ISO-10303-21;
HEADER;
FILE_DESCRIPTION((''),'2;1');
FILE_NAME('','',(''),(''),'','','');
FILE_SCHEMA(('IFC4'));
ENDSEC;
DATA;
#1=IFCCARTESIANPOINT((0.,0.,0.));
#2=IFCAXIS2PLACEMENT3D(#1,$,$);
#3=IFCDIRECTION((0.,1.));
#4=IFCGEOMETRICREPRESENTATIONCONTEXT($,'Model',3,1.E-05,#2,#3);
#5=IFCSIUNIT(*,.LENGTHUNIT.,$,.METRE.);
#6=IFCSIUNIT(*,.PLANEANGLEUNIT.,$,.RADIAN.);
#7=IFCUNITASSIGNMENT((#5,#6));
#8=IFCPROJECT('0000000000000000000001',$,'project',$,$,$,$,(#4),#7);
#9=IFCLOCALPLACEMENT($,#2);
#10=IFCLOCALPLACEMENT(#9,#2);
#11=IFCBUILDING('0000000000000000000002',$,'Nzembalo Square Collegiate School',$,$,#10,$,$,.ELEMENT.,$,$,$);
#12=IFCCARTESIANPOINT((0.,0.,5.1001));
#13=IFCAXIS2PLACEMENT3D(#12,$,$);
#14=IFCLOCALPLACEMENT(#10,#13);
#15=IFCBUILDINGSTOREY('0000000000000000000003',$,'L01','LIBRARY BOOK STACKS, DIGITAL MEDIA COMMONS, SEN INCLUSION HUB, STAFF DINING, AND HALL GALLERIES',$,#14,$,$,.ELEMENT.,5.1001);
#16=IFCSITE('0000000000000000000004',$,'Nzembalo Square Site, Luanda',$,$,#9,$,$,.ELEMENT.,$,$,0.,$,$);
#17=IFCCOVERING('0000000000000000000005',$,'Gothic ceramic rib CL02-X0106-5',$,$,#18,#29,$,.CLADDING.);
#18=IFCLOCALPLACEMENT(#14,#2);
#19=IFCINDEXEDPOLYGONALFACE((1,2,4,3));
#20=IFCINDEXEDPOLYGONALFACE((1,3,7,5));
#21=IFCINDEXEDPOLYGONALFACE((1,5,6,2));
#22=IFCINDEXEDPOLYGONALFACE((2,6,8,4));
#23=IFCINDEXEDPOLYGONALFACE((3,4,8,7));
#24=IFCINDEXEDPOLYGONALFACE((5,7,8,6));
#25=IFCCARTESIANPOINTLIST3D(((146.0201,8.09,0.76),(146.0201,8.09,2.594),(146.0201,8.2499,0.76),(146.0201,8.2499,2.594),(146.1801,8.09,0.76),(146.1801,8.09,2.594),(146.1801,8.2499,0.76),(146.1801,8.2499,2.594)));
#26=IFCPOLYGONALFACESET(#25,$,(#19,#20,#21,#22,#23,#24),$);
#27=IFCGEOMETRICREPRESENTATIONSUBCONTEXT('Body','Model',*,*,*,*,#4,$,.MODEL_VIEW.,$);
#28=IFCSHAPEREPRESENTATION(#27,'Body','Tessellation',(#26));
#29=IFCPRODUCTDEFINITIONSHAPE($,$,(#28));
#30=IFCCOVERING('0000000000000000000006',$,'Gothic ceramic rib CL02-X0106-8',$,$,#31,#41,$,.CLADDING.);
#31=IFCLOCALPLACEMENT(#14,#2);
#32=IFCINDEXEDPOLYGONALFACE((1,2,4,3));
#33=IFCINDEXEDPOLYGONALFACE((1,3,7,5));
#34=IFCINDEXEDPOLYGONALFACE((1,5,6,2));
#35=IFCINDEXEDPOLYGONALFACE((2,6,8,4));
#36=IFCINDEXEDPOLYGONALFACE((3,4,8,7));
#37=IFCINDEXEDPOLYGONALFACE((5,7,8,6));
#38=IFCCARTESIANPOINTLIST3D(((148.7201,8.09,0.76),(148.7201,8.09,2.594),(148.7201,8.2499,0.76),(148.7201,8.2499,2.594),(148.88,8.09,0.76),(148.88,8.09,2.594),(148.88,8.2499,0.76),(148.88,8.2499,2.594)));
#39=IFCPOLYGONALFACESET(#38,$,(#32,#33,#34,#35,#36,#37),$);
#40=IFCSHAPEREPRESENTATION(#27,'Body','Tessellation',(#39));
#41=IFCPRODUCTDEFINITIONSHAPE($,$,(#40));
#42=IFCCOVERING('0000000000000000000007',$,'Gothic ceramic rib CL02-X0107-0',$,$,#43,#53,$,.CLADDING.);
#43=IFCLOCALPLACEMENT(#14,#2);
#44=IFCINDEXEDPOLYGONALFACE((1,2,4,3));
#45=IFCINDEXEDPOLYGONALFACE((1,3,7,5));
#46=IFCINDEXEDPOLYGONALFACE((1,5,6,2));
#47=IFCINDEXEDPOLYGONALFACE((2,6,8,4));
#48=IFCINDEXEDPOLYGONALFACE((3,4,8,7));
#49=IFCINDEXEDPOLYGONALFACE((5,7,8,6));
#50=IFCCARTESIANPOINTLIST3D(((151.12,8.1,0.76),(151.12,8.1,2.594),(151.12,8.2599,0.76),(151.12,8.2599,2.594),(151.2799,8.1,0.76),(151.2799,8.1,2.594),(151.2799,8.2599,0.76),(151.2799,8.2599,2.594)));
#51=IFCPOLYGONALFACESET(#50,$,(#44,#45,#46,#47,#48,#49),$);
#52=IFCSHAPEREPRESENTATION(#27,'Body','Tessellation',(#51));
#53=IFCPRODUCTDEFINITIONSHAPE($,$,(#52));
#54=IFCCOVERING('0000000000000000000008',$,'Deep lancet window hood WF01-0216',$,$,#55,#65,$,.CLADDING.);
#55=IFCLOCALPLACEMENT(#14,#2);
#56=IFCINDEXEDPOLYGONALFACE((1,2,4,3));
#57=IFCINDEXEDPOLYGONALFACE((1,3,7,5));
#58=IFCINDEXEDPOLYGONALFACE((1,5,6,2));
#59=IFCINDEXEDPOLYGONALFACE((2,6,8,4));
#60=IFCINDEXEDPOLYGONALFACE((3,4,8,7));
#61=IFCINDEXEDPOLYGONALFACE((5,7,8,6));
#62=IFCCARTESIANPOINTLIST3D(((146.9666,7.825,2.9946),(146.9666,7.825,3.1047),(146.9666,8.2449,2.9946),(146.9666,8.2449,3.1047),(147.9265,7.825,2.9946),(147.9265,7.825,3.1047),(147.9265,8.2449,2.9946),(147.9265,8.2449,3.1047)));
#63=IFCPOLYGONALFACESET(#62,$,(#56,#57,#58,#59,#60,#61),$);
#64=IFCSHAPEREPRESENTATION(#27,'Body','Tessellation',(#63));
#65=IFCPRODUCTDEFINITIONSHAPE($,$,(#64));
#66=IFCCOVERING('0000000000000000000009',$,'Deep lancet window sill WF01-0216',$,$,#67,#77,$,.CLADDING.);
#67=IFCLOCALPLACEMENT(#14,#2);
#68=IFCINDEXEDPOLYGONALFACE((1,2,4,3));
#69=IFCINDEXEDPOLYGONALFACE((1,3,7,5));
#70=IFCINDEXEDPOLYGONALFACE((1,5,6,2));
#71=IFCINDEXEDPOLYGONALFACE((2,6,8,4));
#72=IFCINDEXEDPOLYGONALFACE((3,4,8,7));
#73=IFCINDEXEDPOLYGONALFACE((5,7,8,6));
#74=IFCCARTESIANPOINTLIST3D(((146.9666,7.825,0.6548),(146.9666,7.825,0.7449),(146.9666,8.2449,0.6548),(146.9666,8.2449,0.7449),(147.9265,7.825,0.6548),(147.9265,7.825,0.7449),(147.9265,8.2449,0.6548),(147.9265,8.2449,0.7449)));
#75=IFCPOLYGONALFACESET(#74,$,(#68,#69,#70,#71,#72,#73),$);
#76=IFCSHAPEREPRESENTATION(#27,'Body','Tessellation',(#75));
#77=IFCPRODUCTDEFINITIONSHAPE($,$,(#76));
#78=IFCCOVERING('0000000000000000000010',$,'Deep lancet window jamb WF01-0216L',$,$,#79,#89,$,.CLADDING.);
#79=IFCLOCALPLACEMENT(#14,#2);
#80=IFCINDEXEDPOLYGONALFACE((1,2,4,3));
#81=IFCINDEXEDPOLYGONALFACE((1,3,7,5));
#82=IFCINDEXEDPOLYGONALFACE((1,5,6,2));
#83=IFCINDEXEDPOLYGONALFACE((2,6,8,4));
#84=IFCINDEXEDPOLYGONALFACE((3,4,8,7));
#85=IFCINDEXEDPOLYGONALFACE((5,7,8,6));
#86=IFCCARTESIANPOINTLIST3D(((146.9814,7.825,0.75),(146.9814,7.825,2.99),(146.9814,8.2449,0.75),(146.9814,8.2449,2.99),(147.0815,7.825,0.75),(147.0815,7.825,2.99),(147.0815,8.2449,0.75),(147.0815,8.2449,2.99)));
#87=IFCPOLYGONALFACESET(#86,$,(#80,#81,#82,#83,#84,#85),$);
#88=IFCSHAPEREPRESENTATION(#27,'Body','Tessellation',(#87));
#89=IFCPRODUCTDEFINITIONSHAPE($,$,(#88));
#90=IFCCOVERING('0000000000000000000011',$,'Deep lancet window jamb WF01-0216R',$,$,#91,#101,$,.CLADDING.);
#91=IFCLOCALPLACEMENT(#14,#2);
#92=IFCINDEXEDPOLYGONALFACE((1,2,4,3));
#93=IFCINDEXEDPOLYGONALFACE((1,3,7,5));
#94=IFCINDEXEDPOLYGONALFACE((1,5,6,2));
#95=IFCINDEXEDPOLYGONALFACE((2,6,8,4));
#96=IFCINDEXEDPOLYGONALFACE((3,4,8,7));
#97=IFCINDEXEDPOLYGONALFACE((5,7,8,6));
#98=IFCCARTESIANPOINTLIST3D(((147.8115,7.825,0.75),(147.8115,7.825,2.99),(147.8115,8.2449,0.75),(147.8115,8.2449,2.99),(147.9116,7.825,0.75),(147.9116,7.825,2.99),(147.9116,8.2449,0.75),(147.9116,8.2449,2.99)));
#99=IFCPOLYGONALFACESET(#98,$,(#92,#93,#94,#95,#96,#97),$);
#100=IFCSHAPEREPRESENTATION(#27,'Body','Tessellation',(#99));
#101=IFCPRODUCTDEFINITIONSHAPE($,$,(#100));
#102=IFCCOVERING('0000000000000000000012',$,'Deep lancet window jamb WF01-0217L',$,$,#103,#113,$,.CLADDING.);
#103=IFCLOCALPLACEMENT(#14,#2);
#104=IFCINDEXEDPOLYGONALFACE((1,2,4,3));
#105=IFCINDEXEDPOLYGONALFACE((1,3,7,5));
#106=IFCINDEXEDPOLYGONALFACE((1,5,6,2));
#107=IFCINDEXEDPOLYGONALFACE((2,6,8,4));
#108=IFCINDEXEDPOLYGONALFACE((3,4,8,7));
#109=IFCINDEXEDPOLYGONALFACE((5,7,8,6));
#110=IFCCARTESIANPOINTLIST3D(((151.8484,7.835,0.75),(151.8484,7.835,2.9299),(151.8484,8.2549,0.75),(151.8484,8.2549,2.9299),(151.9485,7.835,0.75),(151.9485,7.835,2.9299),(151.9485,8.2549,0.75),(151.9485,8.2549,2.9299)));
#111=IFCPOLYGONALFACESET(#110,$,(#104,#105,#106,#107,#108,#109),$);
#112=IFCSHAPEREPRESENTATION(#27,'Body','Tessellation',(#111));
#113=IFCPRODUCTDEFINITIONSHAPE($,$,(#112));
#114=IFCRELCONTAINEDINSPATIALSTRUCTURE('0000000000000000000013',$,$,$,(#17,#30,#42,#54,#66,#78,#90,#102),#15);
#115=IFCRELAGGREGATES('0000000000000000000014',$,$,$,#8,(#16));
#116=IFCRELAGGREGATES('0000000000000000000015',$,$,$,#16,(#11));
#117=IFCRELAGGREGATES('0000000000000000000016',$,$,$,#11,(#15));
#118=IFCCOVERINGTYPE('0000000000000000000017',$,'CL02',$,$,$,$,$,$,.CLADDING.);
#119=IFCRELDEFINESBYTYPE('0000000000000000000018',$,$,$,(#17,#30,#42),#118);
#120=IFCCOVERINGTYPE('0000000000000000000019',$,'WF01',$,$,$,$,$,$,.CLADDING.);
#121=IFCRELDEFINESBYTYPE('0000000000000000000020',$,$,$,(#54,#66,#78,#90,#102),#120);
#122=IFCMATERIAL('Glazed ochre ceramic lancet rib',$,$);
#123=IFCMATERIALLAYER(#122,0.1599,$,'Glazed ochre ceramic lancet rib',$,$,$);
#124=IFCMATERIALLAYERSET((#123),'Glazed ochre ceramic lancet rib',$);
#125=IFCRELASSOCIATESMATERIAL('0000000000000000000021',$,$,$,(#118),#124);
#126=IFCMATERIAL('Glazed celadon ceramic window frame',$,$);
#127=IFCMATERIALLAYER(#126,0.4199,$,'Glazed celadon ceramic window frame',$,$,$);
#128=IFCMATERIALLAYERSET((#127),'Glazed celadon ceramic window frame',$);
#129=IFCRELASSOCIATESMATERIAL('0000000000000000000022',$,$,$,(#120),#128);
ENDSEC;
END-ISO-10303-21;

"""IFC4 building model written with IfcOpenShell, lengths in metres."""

from ifc_helpers import new_model, si_unit, direction, frame, origin, origin_2d, place, context, subcontext, project, spatial, rectangle, extrude, material, layer, layer_set, type_object, element, save


model = new_model("IFC4")

# Units and contexts
model_context = context("Model", 3, precision=1e-05, world=origin(), true_north=direction((0.0, 1.0)))
body_context = subcontext(model_context, "Body", "Model", "MODEL_VIEW")
ifc_project = project(units=[si_unit("LENGTHUNIT", "METRE"), si_unit("PLANEANGLEUNIT", "RADIAN")], contexts=[model_context])

# Site, building, storey
site_placement = place(None, origin())
site = spatial("IfcSite", under=ifc_project, at=site_placement, Name="Nzembalo Square Site, Luanda", CompositionType="ELEMENT", RefElevation=0.0)
building_placement = place(site_placement, origin())
building = spatial("IfcBuilding", under=site, at=building_placement, Name="Nzembalo Square Collegiate School", CompositionType="ELEMENT")
storey_placement = place(building_placement, frame((0.0, 0.0, 5.1001)))
storey = spatial("IfcBuildingStorey", under=building, at=storey_placement, Name="L01", Description="LIBRARY BOOK STACKS, DIGITAL MEDIA COMMONS, SEN INCLUSION HUB, STAFF DINING, AND HALL GALLERIES", CompositionType="ELEMENT", Elevation=5.1001)

# Coverings
ifc_material_1 = material(Name="Glazed ochre ceramic lancet rib")
ifc_layer_1 = layer(ifc_material_1, 0.1599, Name="Glazed ochre ceramic lancet rib")
ifc_layer_set_1 = layer_set([ifc_layer_1], Name="Glazed ochre ceramic lancet rib")
covering_type_1 = type_object("IfcCoveringType", Name="CL02", PredefinedType="CLADDING", material=ifc_layer_set_1)
for number, where, z_axis, x_axis, name in (
    (1, (146.1001, 8.1699, 0.76), (0.0, 0.0, 1.0), (1.0, 0.0, 0.0), "Gothic ceramic rib CL02-X0106-5"),
    (2, (148.8, 8.1699, 0.76), (0.0, 0.0, 1.0), (1.0, 0.0, 0.0), "Gothic ceramic rib CL02-X0106-8"),
    (3, (151.2, 8.1799, 0.76), (0.0, 0.0, 1.0), (1.0, 0.0, 0.0), "Gothic ceramic rib CL02-X0107-0"),
):
    element("IfcCovering", number, at=place(storey_placement, frame(where, z_axis=z_axis, x_axis=x_axis)), inside=storey, type_object=covering_type_1, Name=name, PredefinedType="CLADDING", context=body_context, shape_type="SweptSolid", body=[
        extrude(rectangle(XDim=0.1599, YDim=0.1599, at=origin_2d()), origin(), (0.0, 0.0, 1.0), 1.834),
    ])
ifc_material_2 = material(Name="Glazed celadon ceramic window frame")
ifc_layer_2 = layer(ifc_material_2, 0.4199, Name="Glazed celadon ceramic window frame")
ifc_layer_set_2 = layer_set([ifc_layer_2], Name="Glazed celadon ceramic window frame")
covering_type_2 = type_object("IfcCoveringType", Name="WF01", PredefinedType="CLADDING", material=ifc_layer_set_2)
covering_1_placement = place(storey_placement, frame((147.4465, 8.0349, 2.9946), z_axis=(0.0, 0.0, 1.0), x_axis=(1.0, 0.0, 0.0)))
element("IfcCovering", 4, at=covering_1_placement, inside=storey, type_object=covering_type_2, Name="Deep lancet window hood WF01-0216", PredefinedType="CLADDING", context=body_context, shape_type="SweptSolid", body=[
    extrude(rectangle(XDim=0.96, YDim=0.4199, at=origin_2d()), origin(), (0.0, 0.0, 1.0), 0.1101),
])
covering_2_placement = place(storey_placement, frame((147.4465, 8.0349, 0.6548), z_axis=(0.0, 0.0, 1.0), x_axis=(1.0, 0.0, 0.0)))
element("IfcCovering", 5, at=covering_2_placement, inside=storey, type_object=covering_type_2, Name="Deep lancet window sill WF01-0216", PredefinedType="CLADDING", context=body_context, shape_type="SweptSolid", body=[
    extrude(rectangle(XDim=0.96, YDim=0.4199, at=origin_2d()), origin(), (0.0, 0.0, 1.0), 0.0901),
])
for number, where, z_axis, x_axis, name in (
    (6, (147.0315, 8.0349, 0.75), (0.0, 0.0, 1.0), (1.0, 0.0, 0.0), "Deep lancet window jamb WF01-0216L"),
    (7, (147.8616, 8.0349, 0.75), (0.0, 0.0, 1.0), (1.0, 0.0, 0.0), "Deep lancet window jamb WF01-0216R"),
):
    element("IfcCovering", number, at=place(storey_placement, frame(where, z_axis=z_axis, x_axis=x_axis)), inside=storey, type_object=covering_type_2, Name=name, PredefinedType="CLADDING", context=body_context, shape_type="SweptSolid", body=[
        extrude(rectangle(XDim=0.1001, YDim=0.4199, at=origin_2d()), origin(), (0.0, 0.0, 1.0), 2.24),
    ])
covering_3_placement = place(storey_placement, frame((151.8984, 8.0449, 0.75), z_axis=(0.0, 0.0, 1.0), x_axis=(1.0, 0.0, 0.0)))
element("IfcCovering", 8, at=covering_3_placement, inside=storey, type_object=covering_type_2, Name="Deep lancet window jamb WF01-0217L", PredefinedType="CLADDING", context=body_context, shape_type="SweptSolid", body=[
    extrude(rectangle(XDim=0.1001, YDim=0.4199, at=origin_2d()), origin(), (0.0, 0.0, 1.0), 2.1799),
])

save(model, "model.ifc")
